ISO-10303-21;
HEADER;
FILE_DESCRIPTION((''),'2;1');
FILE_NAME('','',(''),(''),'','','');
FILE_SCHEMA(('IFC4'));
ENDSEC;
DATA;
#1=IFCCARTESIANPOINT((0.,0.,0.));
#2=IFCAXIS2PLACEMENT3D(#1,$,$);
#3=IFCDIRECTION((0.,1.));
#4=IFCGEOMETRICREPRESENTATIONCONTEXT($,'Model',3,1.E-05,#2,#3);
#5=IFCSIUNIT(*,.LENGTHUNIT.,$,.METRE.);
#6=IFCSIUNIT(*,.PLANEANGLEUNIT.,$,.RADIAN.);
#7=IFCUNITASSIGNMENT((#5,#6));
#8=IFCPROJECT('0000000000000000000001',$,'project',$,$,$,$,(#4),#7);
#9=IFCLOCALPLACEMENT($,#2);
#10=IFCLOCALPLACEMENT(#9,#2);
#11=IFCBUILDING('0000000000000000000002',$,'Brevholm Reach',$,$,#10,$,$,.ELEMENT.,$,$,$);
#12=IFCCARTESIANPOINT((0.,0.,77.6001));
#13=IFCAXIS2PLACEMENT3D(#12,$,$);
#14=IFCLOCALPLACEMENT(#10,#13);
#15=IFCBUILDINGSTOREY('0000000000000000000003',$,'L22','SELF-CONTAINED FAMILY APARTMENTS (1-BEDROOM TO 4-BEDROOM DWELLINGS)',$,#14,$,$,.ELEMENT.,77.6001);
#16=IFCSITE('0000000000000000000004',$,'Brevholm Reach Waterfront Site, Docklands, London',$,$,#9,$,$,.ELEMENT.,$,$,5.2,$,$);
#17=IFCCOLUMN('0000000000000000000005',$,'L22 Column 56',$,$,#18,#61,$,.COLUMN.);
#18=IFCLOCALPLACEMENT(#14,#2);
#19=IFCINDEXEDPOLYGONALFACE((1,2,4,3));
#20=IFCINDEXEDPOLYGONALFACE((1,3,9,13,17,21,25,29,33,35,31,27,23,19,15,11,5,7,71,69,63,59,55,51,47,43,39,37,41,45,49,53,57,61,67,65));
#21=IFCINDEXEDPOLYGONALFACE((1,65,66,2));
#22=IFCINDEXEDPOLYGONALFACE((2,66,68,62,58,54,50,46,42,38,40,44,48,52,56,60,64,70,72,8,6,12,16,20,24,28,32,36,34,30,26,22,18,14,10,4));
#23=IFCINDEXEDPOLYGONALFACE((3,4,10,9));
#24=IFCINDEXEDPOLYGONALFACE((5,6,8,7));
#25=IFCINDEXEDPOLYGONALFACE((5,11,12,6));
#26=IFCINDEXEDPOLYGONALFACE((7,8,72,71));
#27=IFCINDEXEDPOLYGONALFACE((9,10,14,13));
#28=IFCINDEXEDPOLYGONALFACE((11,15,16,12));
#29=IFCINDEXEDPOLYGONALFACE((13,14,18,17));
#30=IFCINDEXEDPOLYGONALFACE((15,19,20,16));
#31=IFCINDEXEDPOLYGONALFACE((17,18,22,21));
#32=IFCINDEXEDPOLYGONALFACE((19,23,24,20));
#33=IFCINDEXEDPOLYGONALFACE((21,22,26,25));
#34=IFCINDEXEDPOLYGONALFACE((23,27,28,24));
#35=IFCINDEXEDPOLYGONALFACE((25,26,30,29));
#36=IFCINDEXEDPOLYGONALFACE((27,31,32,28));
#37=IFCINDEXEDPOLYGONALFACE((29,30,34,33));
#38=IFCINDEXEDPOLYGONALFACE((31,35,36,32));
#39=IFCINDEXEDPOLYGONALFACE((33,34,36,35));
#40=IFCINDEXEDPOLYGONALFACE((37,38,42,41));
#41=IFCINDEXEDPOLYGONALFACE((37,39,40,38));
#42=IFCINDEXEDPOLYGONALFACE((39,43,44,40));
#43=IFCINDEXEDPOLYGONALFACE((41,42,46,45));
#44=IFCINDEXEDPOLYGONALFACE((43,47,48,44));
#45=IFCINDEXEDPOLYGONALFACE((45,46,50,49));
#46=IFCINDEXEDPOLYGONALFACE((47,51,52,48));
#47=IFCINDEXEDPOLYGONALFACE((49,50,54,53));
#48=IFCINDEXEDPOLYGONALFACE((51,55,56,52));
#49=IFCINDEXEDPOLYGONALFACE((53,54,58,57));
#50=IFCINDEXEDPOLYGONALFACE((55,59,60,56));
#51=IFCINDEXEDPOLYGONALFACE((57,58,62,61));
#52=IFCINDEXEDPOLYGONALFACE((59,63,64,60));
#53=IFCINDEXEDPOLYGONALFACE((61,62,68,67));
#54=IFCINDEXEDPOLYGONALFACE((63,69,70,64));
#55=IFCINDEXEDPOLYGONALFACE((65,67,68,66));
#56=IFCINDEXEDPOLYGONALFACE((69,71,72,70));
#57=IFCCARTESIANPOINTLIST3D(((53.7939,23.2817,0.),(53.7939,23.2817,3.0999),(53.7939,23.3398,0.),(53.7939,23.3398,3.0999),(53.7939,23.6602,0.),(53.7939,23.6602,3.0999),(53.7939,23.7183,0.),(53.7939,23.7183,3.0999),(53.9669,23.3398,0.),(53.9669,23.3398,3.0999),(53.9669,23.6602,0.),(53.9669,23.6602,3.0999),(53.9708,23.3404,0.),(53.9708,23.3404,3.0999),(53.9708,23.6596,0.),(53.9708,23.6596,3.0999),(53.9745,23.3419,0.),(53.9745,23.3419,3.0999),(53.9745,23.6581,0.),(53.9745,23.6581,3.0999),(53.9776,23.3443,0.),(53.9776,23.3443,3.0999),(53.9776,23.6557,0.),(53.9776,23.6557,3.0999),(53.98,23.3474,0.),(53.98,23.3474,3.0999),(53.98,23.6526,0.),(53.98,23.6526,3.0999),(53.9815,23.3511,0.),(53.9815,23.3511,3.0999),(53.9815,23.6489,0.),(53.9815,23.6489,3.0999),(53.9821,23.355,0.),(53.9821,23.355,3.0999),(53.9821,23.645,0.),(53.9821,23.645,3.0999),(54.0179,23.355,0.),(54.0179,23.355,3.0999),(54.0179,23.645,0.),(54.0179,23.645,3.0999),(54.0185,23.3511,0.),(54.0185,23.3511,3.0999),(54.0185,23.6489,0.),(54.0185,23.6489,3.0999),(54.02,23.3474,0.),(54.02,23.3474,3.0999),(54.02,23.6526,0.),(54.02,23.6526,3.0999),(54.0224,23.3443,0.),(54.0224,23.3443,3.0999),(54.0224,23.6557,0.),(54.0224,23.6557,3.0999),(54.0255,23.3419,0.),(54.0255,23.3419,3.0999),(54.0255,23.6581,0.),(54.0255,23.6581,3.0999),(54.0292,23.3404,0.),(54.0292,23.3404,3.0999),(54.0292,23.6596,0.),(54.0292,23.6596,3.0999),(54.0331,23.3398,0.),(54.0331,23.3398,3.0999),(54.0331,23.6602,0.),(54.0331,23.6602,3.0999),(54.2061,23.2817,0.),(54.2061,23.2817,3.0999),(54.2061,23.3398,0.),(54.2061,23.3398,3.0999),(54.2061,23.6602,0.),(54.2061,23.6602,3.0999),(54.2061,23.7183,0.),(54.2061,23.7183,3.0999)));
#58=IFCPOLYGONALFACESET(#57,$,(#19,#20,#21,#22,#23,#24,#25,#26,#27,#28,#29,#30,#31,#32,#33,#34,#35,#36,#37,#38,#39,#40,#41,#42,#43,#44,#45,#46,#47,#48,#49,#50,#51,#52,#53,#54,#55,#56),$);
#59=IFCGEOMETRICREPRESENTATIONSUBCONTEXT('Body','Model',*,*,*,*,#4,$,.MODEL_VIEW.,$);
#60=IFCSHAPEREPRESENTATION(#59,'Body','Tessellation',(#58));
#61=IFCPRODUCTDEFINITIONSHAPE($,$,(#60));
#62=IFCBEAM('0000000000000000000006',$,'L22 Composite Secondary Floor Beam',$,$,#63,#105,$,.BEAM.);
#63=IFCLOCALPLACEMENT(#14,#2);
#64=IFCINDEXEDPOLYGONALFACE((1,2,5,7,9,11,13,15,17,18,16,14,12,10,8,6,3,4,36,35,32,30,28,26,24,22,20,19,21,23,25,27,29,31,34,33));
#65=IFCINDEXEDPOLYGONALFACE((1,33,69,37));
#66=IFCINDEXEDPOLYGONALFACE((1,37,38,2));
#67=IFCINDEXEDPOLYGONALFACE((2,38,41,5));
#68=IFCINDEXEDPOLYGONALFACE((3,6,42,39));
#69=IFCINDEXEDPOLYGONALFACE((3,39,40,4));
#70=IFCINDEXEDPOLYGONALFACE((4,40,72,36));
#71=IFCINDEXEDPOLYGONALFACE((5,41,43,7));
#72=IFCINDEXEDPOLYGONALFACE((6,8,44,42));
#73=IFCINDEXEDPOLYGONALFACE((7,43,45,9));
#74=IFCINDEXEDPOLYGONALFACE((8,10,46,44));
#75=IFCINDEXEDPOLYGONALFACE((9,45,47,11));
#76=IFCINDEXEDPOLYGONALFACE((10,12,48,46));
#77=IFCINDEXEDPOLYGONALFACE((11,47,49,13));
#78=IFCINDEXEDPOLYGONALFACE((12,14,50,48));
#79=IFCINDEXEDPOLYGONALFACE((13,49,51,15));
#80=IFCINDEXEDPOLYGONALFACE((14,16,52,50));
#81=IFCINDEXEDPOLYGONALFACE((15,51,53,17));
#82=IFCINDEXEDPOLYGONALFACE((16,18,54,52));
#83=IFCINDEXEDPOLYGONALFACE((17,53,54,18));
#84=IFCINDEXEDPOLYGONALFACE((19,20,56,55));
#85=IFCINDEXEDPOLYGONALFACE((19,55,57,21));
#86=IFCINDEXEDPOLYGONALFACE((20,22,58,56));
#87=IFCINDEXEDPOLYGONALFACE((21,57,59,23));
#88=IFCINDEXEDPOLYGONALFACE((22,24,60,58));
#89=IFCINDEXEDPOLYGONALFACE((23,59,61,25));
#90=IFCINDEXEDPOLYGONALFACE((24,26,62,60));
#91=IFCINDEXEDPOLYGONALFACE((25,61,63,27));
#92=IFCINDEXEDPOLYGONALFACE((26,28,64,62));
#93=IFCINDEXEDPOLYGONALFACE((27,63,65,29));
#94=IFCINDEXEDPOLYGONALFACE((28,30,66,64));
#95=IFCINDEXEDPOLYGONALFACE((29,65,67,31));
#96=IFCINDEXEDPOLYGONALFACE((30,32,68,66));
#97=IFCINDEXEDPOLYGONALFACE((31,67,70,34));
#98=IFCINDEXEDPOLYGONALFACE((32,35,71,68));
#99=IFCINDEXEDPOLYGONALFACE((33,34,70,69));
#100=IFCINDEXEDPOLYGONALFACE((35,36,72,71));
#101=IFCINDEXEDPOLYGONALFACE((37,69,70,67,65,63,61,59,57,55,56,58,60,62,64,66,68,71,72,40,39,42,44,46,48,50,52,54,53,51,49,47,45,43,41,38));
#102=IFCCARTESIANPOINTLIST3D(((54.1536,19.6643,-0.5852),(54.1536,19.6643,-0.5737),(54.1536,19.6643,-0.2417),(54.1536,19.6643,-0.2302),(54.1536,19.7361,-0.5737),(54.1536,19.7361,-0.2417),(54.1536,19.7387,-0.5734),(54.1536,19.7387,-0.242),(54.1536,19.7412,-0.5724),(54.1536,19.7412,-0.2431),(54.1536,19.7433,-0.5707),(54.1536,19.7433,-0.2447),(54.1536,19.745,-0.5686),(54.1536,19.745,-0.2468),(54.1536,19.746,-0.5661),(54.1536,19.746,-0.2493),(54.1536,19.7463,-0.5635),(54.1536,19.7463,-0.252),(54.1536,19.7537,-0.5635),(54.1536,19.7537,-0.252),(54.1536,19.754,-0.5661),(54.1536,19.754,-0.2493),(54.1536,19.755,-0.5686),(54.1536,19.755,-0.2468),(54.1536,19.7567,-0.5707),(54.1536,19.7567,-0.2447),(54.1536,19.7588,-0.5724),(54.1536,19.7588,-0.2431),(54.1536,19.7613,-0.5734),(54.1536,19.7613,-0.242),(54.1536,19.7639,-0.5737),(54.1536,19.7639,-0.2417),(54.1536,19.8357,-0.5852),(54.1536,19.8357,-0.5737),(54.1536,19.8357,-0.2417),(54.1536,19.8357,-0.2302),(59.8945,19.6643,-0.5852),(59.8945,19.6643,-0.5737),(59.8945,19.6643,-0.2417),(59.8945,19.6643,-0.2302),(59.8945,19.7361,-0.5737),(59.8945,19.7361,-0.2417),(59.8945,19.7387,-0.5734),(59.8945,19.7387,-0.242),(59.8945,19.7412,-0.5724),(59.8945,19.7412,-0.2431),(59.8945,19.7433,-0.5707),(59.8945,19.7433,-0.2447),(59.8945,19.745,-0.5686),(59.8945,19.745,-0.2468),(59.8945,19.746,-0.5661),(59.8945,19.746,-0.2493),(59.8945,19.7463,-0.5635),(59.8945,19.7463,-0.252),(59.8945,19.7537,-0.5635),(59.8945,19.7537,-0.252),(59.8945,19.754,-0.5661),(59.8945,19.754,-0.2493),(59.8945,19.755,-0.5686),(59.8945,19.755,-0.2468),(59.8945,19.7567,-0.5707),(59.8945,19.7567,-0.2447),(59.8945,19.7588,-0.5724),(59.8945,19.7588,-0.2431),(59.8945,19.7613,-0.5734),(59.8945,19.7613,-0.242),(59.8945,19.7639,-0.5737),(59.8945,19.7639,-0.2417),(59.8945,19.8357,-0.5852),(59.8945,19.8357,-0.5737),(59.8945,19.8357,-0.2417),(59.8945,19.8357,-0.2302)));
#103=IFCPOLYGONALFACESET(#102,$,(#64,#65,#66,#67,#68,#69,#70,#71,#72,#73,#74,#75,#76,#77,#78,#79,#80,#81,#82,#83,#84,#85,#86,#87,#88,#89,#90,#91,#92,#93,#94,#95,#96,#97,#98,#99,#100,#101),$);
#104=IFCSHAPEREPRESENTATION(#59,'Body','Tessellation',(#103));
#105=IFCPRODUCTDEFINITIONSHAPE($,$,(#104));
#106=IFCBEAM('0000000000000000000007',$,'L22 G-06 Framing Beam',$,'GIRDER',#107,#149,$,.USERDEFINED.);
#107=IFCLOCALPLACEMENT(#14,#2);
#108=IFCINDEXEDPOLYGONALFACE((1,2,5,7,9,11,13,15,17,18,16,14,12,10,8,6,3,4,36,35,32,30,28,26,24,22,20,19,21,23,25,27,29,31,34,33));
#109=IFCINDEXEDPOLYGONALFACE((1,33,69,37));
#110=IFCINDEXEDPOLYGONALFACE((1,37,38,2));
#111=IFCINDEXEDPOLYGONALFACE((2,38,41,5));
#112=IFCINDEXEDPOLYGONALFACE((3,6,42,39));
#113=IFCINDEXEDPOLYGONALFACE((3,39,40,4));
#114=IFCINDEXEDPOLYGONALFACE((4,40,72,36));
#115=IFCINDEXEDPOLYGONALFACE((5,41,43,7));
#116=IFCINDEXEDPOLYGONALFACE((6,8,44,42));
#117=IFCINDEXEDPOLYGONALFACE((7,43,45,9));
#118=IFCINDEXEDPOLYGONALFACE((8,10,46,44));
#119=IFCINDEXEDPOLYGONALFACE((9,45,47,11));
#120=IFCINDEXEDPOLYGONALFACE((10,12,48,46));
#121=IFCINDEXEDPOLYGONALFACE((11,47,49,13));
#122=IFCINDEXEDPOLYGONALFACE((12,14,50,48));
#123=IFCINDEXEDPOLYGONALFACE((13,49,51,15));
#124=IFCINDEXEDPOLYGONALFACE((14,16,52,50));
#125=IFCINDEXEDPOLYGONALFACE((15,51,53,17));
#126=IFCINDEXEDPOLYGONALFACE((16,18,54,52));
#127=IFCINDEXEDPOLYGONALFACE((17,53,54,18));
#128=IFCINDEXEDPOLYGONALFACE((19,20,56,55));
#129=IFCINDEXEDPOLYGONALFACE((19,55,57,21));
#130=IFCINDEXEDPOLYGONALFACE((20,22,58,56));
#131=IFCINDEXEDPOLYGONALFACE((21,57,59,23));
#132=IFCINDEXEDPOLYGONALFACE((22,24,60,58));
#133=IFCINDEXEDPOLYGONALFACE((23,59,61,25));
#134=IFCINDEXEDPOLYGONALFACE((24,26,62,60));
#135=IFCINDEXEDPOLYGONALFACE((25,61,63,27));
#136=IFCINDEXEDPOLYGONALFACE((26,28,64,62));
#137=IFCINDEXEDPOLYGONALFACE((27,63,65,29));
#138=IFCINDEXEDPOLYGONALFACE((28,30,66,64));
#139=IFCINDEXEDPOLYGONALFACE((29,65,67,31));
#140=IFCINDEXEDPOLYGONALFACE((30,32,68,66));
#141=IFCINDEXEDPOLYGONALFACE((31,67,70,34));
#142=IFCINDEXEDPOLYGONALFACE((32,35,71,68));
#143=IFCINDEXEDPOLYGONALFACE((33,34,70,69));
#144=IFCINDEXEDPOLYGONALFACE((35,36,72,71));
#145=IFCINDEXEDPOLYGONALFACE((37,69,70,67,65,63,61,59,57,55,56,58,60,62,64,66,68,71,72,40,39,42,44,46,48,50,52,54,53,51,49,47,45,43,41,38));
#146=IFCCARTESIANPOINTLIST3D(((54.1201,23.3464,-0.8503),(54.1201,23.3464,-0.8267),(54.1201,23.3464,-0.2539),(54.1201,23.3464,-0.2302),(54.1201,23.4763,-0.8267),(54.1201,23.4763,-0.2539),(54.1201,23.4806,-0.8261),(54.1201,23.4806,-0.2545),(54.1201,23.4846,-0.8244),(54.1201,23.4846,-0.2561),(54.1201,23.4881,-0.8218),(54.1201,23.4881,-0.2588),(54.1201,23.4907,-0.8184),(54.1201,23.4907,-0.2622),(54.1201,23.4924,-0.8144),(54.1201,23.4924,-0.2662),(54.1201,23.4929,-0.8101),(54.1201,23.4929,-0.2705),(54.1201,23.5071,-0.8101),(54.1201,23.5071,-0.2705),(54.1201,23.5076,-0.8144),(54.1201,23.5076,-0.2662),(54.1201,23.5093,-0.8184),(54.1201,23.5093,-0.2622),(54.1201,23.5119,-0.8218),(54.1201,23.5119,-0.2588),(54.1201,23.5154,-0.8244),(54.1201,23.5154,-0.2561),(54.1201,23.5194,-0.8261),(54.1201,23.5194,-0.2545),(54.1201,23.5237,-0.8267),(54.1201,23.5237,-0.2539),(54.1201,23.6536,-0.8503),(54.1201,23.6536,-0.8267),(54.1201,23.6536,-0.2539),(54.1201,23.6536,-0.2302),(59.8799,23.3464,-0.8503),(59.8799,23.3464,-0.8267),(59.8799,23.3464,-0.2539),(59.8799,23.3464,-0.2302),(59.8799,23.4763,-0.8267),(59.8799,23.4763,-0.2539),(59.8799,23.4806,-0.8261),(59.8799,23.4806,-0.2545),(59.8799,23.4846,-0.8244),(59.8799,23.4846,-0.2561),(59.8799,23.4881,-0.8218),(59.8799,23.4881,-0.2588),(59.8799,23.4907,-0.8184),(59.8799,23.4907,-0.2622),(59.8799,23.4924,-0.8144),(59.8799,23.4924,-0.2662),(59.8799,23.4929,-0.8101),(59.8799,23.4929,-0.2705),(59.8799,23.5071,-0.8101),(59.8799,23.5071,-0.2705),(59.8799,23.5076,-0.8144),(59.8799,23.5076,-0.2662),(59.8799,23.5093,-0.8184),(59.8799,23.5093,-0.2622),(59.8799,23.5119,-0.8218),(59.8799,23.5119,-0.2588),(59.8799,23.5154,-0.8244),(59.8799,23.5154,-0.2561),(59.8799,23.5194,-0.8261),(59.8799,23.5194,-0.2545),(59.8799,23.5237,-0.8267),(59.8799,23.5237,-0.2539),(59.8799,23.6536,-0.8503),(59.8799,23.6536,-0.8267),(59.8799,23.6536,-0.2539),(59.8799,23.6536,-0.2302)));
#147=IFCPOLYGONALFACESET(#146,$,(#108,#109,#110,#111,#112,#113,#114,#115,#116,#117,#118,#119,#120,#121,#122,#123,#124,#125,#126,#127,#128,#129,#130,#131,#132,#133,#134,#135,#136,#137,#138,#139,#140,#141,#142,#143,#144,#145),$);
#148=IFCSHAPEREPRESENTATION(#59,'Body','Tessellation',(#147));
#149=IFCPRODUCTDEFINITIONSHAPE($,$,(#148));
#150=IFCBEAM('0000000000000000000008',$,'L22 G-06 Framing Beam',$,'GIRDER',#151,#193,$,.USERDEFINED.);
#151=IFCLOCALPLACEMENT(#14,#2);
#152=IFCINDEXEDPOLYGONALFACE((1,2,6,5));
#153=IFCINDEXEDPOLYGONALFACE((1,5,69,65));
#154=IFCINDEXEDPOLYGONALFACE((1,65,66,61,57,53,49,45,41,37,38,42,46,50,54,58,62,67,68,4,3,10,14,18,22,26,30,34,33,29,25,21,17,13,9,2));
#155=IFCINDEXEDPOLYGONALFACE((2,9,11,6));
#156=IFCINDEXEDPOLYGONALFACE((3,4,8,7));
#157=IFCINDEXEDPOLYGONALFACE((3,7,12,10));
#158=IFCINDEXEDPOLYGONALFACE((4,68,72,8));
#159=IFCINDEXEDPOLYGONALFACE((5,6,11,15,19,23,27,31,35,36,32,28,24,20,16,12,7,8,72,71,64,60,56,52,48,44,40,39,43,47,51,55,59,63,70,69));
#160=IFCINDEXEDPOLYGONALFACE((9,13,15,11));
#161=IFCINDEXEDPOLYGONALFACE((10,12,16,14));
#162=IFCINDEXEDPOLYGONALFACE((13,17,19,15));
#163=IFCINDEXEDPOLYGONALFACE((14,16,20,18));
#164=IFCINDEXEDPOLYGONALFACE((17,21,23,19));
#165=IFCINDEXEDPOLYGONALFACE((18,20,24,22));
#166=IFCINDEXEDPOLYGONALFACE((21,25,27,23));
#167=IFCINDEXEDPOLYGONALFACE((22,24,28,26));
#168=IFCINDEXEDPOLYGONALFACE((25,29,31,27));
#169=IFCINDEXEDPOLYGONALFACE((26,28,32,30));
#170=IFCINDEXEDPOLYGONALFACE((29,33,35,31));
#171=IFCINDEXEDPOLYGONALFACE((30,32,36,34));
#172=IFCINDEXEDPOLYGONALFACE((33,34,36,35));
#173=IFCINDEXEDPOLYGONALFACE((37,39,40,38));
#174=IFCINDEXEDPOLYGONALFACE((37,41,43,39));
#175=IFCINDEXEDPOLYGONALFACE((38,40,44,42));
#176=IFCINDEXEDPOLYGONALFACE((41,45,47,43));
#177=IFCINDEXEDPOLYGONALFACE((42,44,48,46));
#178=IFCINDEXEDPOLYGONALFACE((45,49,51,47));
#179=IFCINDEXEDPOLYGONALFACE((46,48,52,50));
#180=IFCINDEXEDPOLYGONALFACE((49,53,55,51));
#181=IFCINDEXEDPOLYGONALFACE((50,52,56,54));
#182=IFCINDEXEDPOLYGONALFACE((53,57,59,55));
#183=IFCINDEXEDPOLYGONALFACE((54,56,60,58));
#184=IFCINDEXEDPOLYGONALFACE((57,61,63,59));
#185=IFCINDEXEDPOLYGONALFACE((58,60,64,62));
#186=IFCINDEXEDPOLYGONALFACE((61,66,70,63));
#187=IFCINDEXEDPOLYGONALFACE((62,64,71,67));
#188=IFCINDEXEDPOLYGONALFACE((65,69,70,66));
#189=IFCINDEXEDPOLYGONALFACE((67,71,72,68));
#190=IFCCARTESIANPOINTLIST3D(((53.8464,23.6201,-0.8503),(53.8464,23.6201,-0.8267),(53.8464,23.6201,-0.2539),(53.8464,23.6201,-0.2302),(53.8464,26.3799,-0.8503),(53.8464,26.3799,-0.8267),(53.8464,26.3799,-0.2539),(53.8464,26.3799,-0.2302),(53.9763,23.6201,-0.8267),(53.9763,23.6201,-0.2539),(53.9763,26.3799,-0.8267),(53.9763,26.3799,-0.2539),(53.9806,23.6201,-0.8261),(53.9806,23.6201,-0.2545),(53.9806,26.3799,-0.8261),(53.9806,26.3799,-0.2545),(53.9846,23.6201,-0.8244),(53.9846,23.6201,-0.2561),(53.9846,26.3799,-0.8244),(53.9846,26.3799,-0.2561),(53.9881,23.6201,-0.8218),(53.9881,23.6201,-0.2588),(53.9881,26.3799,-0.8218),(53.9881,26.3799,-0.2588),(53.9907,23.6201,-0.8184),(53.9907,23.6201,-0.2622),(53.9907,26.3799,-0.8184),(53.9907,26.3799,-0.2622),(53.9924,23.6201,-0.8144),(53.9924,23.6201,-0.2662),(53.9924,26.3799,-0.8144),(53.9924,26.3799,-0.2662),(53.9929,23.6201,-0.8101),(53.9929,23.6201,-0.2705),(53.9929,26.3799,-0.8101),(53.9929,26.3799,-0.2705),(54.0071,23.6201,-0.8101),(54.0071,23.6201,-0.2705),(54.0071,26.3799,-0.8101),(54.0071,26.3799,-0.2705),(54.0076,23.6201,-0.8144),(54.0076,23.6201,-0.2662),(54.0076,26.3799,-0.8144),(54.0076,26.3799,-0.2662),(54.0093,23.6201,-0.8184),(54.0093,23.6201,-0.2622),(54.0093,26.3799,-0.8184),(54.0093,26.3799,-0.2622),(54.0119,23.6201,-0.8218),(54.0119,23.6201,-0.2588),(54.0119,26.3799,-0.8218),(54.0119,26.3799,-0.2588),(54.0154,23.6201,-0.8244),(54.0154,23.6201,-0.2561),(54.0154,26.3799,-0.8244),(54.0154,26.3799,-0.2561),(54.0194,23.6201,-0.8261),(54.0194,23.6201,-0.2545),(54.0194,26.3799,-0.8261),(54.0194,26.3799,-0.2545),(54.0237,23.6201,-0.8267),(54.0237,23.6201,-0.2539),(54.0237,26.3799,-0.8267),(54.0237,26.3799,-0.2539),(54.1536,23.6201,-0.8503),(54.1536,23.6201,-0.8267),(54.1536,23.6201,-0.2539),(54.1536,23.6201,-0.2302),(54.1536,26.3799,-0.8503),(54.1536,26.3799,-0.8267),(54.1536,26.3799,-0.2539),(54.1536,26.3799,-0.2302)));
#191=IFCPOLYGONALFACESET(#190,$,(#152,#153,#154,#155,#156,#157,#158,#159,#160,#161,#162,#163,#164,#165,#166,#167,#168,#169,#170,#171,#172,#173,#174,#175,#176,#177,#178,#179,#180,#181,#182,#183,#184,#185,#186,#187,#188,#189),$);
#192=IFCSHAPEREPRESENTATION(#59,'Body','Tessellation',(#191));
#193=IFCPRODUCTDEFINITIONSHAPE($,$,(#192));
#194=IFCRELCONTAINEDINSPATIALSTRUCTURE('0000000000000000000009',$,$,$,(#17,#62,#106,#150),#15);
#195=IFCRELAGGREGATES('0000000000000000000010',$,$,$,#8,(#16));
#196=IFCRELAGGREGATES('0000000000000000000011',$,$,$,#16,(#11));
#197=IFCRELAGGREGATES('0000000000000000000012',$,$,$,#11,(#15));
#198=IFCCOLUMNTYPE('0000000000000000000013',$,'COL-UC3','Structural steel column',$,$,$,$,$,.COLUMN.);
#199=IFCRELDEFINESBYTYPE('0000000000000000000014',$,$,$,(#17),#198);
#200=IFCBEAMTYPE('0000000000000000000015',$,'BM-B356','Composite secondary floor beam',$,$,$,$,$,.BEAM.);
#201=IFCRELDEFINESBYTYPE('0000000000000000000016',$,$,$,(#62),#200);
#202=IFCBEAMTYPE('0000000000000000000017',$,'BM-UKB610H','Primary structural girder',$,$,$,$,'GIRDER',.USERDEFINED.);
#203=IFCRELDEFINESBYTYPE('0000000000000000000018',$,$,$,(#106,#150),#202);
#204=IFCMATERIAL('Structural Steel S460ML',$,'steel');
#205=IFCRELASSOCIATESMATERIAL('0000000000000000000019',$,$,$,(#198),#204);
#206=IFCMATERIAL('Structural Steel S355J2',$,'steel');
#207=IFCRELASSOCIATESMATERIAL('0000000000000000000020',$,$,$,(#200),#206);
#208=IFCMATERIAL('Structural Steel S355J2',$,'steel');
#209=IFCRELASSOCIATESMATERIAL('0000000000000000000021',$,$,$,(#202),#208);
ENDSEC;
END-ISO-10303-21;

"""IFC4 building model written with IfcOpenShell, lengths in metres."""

from ifc_helpers import new_model, si_unit, direction, frame, origin, origin_2d, place, context, subcontext, project, spatial, i_section, extrude, material, material_profile, profile_set, type_object, element, save


model = new_model("IFC4")

# Units and contexts
model_context = context("Model", 3, precision=1e-05, world=origin(), true_north=direction((0.0, 1.0)))
body_context = subcontext(model_context, "Body", "Model", "MODEL_VIEW")
ifc_project = project(units=[si_unit("LENGTHUNIT", "METRE"), si_unit("PLANEANGLEUNIT", "RADIAN")], contexts=[model_context])

# Site, building, storey
site_placement = place(None, origin())
site = spatial("IfcSite", under=ifc_project, at=site_placement, Name="Brevholm Reach Waterfront Site, Docklands, London", CompositionType="ELEMENT", RefElevation=5.2)
building_placement = place(site_placement, origin())
building = spatial("IfcBuilding", under=site, at=building_placement, Name="Brevholm Reach", CompositionType="ELEMENT")
storey_placement = place(building_placement, frame((0.0, 0.0, 77.6001)))
storey = spatial("IfcBuildingStorey", under=building, at=storey_placement, Name="L22", Description="SELF-CONTAINED FAMILY APARTMENTS (1-BEDROOM TO 4-BEDROOM DWELLINGS)", CompositionType="ELEMENT", Elevation=77.6001)

# Column
ifc_material_1 = material(Name="Structural Steel S460ML", Category="steel")
ifc_material_profile_1 = material_profile(ifc_material_1, i_section(OverallWidth=0.4121, OverallDepth=0.4365, WebThickness=0.0359, FlangeThickness=0.0581, FilletRadius=0.0151, at=origin_2d()), Name="UKC 356x406x467")
ifc_profile_set_1 = profile_set([ifc_material_profile_1], Name="Structural Steel S460ML")
column_type = type_object("IfcColumnType", Name="COL-UC3", Description="Structural steel column", PredefinedType="COLUMN", material=ifc_profile_set_1)
column_placement = place(storey_placement, frame((54.0, 23.5, 0.0), z_axis=(0.0, 0.0, 1.0), x_axis=(1.0, 0.0, 0.0)))
element("IfcColumn", 1, at=column_placement, inside=storey, type_object=column_type, Name="L22 Column 56", PredefinedType="COLUMN", context=body_context, shape_type="SweptSolid", body=[
    extrude(i_section(OverallWidth=0.4121, OverallDepth=0.4365, WebThickness=0.0359, FlangeThickness=0.0581, FilletRadius=0.0151, at=origin_2d()), origin(), (0.0, 0.0, 1.0), 3.0999),
])

# Beams
ifc_material_2 = material(Name="Structural Steel S355J2", Category="steel")
ifc_material_profile_2 = material_profile(ifc_material_2, i_section(OverallWidth=0.1714, OverallDepth=0.355, WebThickness=0.0073, FlangeThickness=0.0115, FilletRadius=0.0103, at=origin_2d()), Name="UKB 356x171x51")
ifc_profile_set_2 = profile_set([ifc_material_profile_2], Name="Structural Steel S355J2")
beam_type_1 = type_object("IfcBeamType", Name="BM-B356", Description="Composite secondary floor beam", PredefinedType="BEAM", material=ifc_profile_set_2)
beam_1_placement = place(storey_placement, frame((54.1536, 19.75, -0.4077), z_axis=(1.0, 0.0, 0.0), x_axis=(0.0, 1.0, 0.0)))
element("IfcBeam", 2, at=beam_1_placement, inside=storey, type_object=beam_type_1, Name="L22 Composite Secondary Floor Beam", PredefinedType="BEAM", context=body_context, shape_type="SweptSolid", body=[
    extrude(i_section(OverallWidth=0.1714, OverallDepth=0.355, WebThickness=0.0073, FlangeThickness=0.0115, FilletRadius=0.0103, at=origin_2d()), origin(), (0.0, 0.0, 1.0), 5.741),
])
ifc_material_3 = material(Name="Structural Steel S355J2", Category="steel")
ifc_material_profile_3 = material_profile(ifc_material_3, i_section(OverallWidth=0.3071, OverallDepth=0.6201, WebThickness=0.0142, FlangeThickness=0.0237, FilletRadius=0.0166, at=origin_2d()), Name="UKB 610x305x179")
ifc_profile_set_3 = profile_set([ifc_material_profile_3], Name="Structural Steel S355J2")
beam_type_2 = type_object("IfcBeamType", Name="BM-UKB610H", Description="Primary structural girder", ElementType="GIRDER", PredefinedType="USERDEFINED", material=ifc_profile_set_3)
beam_2_placement = place(storey_placement, frame((54.1201, 23.5, -0.5403), z_axis=(1.0, 0.0, 0.0), x_axis=(0.0, 1.0, 0.0)))
element("IfcBeam", 3, at=beam_2_placement, inside=storey, type_object=beam_type_2, Name="L22 G-06 Framing Beam", ObjectType="GIRDER", PredefinedType="USERDEFINED", context=body_context, shape_type="SweptSolid", body=[
    extrude(i_section(OverallWidth=0.3071, OverallDepth=0.6201, WebThickness=0.0142, FlangeThickness=0.0237, FilletRadius=0.0166, at=origin_2d()), origin(), (0.0, 0.0, 1.0), 5.7598),
])
beam_3_placement = place(storey_placement, frame((54.0, 23.6201, -0.5403), z_axis=(0.0, 1.0, 0.0), x_axis=(-1.0, 0.0, 0.0)))
element("IfcBeam", 4, at=beam_3_placement, inside=storey, type_object=beam_type_2, Name="L22 G-06 Framing Beam", ObjectType="GIRDER", PredefinedType="USERDEFINED", context=body_context, shape_type="SweptSolid", body=[
    extrude(i_section(OverallWidth=0.3071, OverallDepth=0.6201, WebThickness=0.0142, FlangeThickness=0.0237, FilletRadius=0.0166, at=origin_2d()), origin(), (0.0, 0.0, 1.0), 2.7598),
])

save(model, "model.ifc")
